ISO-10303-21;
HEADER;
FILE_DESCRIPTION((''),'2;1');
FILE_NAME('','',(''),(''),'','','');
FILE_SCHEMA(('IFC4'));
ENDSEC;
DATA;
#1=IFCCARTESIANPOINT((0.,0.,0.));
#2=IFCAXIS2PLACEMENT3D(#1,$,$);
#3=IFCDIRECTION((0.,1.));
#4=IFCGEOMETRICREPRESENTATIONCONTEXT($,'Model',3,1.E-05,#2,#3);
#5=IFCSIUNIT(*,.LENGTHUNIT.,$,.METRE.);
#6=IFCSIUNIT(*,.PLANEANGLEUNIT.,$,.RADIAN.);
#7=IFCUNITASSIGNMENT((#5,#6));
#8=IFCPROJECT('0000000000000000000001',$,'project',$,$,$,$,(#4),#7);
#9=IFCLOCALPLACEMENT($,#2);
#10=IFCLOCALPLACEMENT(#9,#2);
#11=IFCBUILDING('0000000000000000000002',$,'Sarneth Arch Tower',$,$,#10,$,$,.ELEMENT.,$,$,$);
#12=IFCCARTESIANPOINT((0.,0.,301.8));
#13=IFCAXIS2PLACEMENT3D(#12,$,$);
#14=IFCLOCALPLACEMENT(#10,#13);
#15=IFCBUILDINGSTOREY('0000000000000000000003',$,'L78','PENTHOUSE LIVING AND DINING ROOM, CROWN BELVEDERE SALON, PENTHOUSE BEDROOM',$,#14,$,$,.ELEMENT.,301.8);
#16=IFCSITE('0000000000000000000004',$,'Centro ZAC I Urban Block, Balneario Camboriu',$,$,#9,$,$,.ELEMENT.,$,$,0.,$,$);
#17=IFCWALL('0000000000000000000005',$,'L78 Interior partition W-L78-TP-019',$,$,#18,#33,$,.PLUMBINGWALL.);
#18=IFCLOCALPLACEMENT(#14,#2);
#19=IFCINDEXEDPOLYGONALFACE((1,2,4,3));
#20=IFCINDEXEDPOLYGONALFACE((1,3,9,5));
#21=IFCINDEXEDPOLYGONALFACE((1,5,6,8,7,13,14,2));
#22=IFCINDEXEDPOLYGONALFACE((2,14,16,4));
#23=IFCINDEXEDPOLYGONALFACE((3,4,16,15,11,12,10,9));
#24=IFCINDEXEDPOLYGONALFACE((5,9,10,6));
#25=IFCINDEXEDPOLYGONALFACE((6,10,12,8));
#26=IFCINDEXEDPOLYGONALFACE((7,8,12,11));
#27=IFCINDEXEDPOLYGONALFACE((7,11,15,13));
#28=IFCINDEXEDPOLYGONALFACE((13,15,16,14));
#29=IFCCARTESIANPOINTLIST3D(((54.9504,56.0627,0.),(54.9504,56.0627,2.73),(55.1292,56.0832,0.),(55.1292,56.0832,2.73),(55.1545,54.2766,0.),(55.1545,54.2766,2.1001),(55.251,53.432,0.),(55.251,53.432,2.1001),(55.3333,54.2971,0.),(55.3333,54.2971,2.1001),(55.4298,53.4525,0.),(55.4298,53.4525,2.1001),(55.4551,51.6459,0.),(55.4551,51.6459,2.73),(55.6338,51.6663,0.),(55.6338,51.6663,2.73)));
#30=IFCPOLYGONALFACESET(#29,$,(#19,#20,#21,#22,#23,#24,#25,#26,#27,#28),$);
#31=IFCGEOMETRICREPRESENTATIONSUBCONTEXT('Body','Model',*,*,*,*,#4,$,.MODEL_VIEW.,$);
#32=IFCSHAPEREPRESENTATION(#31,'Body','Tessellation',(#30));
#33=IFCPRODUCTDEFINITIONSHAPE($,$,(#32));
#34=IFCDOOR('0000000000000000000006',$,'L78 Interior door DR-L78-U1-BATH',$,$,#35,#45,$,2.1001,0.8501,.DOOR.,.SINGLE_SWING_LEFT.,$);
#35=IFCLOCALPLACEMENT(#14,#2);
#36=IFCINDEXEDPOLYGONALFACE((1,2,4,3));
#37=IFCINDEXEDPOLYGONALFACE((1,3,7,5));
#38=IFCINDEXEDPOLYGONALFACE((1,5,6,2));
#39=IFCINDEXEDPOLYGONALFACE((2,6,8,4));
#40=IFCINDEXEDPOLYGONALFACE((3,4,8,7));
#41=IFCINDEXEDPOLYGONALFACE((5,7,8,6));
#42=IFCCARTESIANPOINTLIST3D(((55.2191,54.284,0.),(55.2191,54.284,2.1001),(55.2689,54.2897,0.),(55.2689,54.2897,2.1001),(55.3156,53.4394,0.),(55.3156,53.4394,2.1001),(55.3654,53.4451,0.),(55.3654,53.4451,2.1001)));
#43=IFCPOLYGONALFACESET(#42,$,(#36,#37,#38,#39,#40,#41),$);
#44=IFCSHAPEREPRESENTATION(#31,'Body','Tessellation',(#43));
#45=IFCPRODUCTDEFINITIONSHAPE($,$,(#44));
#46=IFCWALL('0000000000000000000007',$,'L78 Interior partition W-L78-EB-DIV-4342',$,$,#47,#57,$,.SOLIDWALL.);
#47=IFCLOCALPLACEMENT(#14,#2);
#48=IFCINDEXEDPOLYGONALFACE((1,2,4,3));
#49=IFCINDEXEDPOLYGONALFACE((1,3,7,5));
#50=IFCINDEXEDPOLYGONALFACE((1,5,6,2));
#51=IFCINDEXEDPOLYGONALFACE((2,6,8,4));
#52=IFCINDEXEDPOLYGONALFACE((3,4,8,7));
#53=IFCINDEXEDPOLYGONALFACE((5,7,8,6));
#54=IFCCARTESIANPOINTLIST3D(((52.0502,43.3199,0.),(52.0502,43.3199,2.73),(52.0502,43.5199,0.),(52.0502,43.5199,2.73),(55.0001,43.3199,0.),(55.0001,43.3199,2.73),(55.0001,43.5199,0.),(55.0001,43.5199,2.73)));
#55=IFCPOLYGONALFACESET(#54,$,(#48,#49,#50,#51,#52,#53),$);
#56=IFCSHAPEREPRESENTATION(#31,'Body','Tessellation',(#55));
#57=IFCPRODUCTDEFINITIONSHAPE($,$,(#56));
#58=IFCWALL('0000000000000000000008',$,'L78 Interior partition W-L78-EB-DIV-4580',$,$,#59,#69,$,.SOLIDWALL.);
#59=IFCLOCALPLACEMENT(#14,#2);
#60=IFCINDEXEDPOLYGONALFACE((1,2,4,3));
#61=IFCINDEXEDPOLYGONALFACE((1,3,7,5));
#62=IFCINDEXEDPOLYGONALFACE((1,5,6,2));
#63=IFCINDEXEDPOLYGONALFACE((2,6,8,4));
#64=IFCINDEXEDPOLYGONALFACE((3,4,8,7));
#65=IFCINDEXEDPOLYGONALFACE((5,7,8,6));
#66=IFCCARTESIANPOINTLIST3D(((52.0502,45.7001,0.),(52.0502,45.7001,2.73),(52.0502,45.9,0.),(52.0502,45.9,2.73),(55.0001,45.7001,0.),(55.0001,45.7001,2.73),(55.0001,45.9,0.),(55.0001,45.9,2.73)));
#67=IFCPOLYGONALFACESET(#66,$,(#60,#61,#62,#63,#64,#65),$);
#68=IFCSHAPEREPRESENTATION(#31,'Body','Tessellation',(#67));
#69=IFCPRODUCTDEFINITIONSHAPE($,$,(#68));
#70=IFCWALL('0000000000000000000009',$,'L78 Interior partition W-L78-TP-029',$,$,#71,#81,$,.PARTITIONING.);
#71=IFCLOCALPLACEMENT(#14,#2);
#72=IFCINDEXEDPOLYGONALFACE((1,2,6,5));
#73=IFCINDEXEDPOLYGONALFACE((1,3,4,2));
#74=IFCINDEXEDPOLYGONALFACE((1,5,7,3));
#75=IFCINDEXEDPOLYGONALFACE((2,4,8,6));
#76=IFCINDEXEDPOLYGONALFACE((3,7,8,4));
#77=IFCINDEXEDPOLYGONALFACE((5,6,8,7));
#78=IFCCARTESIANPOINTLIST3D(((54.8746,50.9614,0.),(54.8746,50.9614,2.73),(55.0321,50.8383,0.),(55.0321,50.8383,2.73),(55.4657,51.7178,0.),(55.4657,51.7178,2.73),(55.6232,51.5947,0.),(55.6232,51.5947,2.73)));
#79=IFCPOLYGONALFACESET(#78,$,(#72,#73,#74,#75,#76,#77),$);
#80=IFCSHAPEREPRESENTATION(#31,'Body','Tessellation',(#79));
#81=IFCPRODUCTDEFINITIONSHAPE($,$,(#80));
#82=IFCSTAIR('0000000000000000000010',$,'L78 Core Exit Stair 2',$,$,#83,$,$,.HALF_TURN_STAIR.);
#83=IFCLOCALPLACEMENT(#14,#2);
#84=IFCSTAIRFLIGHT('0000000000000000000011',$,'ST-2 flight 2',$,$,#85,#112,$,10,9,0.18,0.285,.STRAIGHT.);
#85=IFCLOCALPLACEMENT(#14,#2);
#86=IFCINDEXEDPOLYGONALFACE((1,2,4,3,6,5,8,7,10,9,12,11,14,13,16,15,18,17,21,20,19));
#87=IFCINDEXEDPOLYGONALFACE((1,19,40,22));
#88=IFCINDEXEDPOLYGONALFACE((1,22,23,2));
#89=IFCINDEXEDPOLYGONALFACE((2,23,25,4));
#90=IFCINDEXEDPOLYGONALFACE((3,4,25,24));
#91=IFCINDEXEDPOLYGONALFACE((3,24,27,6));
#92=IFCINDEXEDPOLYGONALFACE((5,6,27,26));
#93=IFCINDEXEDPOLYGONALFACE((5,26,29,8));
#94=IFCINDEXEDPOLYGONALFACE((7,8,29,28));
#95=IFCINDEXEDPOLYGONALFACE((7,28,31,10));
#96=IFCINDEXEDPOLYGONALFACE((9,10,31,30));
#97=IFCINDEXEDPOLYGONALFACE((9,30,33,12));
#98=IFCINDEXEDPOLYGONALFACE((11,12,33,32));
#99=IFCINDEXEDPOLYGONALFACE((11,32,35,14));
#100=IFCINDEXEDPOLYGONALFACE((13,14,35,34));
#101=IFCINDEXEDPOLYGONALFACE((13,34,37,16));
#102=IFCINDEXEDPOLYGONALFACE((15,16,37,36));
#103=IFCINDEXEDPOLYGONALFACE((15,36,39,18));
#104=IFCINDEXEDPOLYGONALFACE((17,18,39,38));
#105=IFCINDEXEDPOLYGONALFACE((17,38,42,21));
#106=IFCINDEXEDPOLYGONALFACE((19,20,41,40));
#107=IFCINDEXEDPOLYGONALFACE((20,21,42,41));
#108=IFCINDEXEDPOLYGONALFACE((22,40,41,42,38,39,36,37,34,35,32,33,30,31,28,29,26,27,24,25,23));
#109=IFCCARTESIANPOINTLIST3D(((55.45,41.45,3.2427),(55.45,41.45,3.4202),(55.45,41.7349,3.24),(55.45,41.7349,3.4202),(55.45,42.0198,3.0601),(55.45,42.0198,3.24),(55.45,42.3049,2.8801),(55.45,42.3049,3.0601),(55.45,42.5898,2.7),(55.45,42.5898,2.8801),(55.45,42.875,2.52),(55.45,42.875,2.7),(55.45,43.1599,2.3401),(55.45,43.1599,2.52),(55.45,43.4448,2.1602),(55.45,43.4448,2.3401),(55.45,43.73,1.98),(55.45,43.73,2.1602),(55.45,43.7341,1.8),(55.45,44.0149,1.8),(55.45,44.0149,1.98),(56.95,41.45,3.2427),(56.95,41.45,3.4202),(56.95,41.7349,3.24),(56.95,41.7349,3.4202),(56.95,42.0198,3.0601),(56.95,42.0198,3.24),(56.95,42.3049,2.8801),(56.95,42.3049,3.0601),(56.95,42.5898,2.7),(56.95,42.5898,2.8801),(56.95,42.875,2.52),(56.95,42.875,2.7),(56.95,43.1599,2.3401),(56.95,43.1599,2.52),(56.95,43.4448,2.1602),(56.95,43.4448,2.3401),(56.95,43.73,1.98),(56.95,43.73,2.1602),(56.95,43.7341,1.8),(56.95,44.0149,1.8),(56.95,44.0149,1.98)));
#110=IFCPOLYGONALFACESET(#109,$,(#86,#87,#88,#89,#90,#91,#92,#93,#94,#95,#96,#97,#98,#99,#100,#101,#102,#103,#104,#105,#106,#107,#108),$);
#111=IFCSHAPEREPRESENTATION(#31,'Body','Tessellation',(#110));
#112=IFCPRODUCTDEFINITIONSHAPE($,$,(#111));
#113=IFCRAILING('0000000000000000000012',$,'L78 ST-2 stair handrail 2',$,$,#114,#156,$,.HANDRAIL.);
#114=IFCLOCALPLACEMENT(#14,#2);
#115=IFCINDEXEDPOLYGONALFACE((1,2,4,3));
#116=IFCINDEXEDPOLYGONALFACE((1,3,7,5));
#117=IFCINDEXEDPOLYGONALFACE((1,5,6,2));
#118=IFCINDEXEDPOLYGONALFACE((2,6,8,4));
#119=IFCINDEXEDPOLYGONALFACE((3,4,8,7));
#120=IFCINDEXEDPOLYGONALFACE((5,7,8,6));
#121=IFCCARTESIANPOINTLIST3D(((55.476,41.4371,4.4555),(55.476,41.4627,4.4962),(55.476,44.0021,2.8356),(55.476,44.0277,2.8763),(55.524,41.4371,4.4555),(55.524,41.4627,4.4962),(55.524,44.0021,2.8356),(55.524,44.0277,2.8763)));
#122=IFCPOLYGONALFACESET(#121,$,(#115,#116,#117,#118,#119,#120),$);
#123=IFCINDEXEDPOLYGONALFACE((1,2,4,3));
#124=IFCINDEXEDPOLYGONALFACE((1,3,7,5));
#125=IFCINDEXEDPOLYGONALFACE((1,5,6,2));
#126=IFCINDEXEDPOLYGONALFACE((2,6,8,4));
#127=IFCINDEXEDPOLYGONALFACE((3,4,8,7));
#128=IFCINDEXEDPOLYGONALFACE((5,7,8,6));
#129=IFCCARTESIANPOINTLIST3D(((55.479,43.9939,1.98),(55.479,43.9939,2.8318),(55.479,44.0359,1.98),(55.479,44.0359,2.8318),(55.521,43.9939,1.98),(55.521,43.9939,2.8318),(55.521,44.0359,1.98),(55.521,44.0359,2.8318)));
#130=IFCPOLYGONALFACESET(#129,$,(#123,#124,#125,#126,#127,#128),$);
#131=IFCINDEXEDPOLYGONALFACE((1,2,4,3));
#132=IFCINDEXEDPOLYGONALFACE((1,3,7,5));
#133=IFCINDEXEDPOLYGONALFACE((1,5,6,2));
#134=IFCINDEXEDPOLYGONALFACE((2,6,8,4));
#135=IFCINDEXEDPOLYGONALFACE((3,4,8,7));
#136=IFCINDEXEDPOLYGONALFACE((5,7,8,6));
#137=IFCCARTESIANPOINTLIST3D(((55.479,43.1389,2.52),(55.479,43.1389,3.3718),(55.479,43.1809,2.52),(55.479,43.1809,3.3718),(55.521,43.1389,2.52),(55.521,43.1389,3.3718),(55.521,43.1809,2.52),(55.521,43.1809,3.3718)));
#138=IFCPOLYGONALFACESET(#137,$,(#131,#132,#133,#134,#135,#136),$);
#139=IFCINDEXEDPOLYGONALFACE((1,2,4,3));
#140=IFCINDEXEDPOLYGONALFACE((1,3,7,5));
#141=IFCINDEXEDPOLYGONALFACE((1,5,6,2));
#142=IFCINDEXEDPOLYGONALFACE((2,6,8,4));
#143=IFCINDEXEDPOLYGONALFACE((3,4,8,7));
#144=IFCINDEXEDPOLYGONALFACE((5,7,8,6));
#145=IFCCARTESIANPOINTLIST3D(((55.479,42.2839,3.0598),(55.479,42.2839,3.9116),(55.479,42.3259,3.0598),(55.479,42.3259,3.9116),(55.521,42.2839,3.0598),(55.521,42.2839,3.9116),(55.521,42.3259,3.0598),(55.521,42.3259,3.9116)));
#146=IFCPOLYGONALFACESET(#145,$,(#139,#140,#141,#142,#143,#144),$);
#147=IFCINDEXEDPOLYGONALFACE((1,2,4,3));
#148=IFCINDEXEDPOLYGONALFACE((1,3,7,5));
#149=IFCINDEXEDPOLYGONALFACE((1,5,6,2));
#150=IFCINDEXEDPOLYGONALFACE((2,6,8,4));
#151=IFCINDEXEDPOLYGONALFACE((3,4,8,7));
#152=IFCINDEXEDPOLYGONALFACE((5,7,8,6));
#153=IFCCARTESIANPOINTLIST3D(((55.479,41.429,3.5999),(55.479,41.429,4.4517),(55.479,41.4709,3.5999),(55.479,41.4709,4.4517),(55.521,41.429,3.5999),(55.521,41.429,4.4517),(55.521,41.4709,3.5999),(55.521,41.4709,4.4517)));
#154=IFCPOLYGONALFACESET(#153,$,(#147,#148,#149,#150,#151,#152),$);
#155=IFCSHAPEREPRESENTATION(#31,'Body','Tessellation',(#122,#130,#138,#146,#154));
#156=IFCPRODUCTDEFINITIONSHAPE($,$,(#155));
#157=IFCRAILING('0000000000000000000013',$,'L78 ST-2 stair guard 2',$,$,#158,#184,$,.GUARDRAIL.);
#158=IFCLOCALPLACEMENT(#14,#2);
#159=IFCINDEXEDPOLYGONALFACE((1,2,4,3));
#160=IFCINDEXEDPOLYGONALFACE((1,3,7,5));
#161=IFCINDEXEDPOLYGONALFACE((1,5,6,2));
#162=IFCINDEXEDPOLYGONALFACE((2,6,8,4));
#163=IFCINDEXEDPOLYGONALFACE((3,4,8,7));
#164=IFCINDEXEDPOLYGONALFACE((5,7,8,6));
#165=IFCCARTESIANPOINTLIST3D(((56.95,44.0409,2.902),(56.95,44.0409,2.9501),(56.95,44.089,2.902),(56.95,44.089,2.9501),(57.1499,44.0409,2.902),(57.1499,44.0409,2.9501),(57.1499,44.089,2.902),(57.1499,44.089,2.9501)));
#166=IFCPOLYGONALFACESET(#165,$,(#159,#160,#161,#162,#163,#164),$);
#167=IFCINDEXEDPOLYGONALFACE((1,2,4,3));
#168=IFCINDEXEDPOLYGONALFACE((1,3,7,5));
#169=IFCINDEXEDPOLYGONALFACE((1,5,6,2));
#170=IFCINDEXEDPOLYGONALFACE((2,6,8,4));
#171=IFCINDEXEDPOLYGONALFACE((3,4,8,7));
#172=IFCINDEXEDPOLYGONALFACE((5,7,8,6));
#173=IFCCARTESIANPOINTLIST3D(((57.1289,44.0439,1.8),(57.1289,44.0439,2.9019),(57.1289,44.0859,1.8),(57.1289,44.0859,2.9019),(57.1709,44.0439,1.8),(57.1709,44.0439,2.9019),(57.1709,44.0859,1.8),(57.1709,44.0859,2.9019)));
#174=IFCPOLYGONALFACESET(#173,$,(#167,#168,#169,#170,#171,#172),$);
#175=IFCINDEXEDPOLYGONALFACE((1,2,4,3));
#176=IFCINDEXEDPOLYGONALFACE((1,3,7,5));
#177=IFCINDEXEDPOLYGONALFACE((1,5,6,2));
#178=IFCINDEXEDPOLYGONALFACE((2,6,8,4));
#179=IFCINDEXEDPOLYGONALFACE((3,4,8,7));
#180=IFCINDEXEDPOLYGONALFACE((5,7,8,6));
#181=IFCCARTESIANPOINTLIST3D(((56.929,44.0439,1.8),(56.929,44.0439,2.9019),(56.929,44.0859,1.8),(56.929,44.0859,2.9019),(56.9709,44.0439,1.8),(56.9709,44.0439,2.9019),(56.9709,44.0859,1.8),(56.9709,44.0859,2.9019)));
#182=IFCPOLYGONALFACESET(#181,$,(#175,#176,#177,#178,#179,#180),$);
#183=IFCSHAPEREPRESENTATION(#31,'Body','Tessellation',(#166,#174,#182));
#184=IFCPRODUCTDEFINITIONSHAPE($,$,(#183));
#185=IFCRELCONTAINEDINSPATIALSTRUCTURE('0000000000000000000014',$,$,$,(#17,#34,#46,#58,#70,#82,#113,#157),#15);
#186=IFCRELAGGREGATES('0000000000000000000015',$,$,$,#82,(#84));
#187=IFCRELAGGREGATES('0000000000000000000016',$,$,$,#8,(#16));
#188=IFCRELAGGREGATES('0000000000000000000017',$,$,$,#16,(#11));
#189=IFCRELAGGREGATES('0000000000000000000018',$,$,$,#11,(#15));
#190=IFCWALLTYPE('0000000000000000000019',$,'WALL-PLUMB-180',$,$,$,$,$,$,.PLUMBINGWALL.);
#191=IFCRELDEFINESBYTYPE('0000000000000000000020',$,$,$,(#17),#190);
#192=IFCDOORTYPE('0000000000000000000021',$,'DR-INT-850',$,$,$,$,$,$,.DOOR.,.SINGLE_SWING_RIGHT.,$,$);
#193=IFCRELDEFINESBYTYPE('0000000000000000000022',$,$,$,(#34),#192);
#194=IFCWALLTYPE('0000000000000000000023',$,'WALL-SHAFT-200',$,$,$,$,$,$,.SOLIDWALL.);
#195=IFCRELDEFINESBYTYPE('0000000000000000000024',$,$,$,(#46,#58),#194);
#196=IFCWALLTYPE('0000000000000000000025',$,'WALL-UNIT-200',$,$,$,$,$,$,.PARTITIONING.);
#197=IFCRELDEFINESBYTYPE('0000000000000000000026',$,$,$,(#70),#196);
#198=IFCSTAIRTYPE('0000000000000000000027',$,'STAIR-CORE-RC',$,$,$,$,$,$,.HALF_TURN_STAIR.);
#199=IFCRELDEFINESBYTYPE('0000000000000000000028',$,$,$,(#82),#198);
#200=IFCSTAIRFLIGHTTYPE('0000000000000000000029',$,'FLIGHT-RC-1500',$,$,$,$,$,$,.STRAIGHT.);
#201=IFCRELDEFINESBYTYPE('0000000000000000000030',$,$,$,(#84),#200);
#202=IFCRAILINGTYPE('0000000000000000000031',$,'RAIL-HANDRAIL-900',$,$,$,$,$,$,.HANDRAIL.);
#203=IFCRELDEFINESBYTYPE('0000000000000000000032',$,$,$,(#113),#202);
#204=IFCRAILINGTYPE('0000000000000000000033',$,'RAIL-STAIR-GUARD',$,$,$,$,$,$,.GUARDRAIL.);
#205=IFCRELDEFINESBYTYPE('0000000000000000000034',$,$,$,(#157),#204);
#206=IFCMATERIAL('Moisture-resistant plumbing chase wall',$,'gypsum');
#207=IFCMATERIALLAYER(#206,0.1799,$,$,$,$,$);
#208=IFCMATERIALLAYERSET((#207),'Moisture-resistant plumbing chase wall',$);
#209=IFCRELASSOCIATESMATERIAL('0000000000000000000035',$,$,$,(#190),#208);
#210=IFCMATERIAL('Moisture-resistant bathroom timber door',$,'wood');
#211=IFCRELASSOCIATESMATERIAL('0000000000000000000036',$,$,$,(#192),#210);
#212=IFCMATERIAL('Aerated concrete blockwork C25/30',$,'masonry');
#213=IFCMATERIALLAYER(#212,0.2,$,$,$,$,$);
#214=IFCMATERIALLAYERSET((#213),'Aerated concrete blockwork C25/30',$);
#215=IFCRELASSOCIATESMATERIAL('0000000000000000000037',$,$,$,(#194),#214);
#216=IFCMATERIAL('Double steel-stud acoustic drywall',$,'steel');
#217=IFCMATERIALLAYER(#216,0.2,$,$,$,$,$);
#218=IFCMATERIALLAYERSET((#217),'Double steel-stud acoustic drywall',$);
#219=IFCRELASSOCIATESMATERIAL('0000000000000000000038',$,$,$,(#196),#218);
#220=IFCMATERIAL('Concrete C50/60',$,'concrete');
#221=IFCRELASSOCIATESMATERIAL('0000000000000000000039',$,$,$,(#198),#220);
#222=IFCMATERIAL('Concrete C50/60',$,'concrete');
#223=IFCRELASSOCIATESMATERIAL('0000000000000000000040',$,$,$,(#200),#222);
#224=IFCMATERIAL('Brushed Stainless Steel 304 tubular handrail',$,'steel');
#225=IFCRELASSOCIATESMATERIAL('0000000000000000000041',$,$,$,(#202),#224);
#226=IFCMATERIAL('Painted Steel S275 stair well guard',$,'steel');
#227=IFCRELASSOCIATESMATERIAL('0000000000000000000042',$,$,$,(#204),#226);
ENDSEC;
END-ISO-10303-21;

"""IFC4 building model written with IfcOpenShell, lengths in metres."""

from ifc_helpers import new_model, si_unit, direction, frame, frame_2d, origin, origin_2d, place, context, subcontext, project, spatial, polyline, rectangle, outline, extrude, material, layer, layer_set, type_object, element, fill, aggregate, save


model = new_model("IFC4")

# Units and contexts
model_context = context("Model", 3, precision=1e-05, world=origin(), true_north=direction((0.0, 1.0)))
body_context = subcontext(model_context, "Body", "Model", "MODEL_VIEW")
ifc_project = project(units=[si_unit("LENGTHUNIT", "METRE"), si_unit("PLANEANGLEUNIT", "RADIAN")], contexts=[model_context])

# Site, building, storey
site_placement = place(None, origin())
site = spatial("IfcSite", under=ifc_project, at=site_placement, Name="Centro ZAC I Urban Block, Balneario Camboriu", CompositionType="ELEMENT", RefElevation=0.0)
building_placement = place(site_placement, origin())
building = spatial("IfcBuilding", under=site, at=building_placement, Name="Sarneth Arch Tower", CompositionType="ELEMENT")
storey_placement = place(building_placement, frame((0.0, 0.0, 301.8)))
storey = spatial("IfcBuildingStorey", under=building, at=storey_placement, Name="L78", Description="PENTHOUSE LIVING AND DINING ROOM, CROWN BELVEDERE SALON, PENTHOUSE BEDROOM", CompositionType="ELEMENT", Elevation=301.8)

# Wall, opening, door
ifc_material_1 = material(Name="Moisture-resistant plumbing chase wall", Category="gypsum")
ifc_layer_1 = layer(ifc_material_1, 0.1799)
ifc_layer_set_1 = layer_set([ifc_layer_1], Name="Moisture-resistant plumbing chase wall")
wall_type_1 = type_object("IfcWallType", Name="WALL-PLUMB-180", PredefinedType="PLUMBINGWALL", material=ifc_layer_set_1)
wall_1_placement = place(storey_placement, frame((55.5444, 51.6562, 0.0), z_axis=(0.0, 0.0, 1.0), x_axis=(-0.113517, 0.993536, 0.0)))
wall_1 = element("IfcWall", 1, at=wall_1_placement, inside=storey, type_object=wall_type_1, Name="L78 Interior partition W-L78-TP-019", PredefinedType="PLUMBINGWALL", context=body_context, shape_type="SweptSolid", body=[
    extrude(rectangle(XDim=4.4456, YDim=0.1799, at=frame_2d((2.2227, 0.0))), origin(), (0.0, 0.0, 1.0), 2.73),
])
opening_1_placement = place(wall_1_placement, frame((1.7976, 0.0, 0.0)))
opening_1 = element("IfcOpeningElement", 2, at=opening_1_placement, cuts=wall_1, PredefinedType="OPENING", context=body_context, shape_type="SweptSolid", body=[
    extrude(rectangle(XDim=0.8501, YDim=2.1001, at=frame_2d((0.425, 1.05))), frame((0.0, 0.0999, 0.0), z_axis=(0.0, -1.0, 0.0), x_axis=(1.0, 0.0, 0.0)), (0.0, 0.0, 1.0), 0.2),
])
ifc_material_2 = material(Name="Moisture-resistant bathroom timber door", Category="wood")
door_type_1 = type_object("IfcDoorType", Name="DR-INT-850", OperationType="SINGLE_SWING_RIGHT", PredefinedType="DOOR", material=ifc_material_2)
door_1_placement = place(opening_1_placement, origin())
door_1 = element("IfcDoor", 3, at=door_1_placement, inside=storey, type_object=door_type_1, Name="L78 Interior door DR-L78-U1-BATH", OperationType="SINGLE_SWING_LEFT", OverallHeight=2.1001, OverallWidth=0.8501, PredefinedType="DOOR", context=body_context, shape_type="SweptSolid", body=[
    extrude(rectangle(XDim=0.8501, YDim=2.1001, at=frame_2d((0.425, 1.05))), frame((0.0, 0.0249, 0.0), z_axis=(0.0, -1.0, 0.0), x_axis=(1.0, 0.0, 0.0)), (0.0, 0.0, 1.0), 0.05),
])
fill(opening_1, door_1)

# Walls
ifc_material_3 = material(Name="Aerated concrete blockwork C25/30", Category="masonry")
ifc_layer_2 = layer(ifc_material_3, 0.2)
ifc_layer_set_2 = layer_set([ifc_layer_2], Name="Aerated concrete blockwork C25/30")
wall_type_2 = type_object("IfcWallType", Name="WALL-SHAFT-200", PredefinedType="SOLIDWALL", material=ifc_layer_set_2)
for number, where, z_axis, x_axis, name in (
    (4, (52.05, 43.4199, 0.0), (0.0, 0.0, 1.0), (1.0, 0.0, 0.0), "L78 Interior partition W-L78-EB-DIV-4342"),
    (5, (52.05, 45.8, 0.0), (0.0, 0.0, 1.0), (1.0, 0.0, 0.0), "L78 Interior partition W-L78-EB-DIV-4580"),
):
    element("IfcWall", number, at=place(storey_placement, frame(where, z_axis=z_axis, x_axis=x_axis)), inside=storey, type_object=wall_type_2, Name=name, PredefinedType="SOLIDWALL", context=body_context, shape_type="SweptSolid", body=[
        extrude(rectangle(XDim=2.95, YDim=0.2, at=frame_2d((1.4751, 0.0))), origin(), (0.0, 0.0, 1.0), 2.73),
    ])
ifc_material_4 = material(Name="Double steel-stud acoustic drywall", Category="steel")
ifc_layer_3 = layer(ifc_material_4, 0.2)
ifc_layer_set_3 = layer_set([ifc_layer_3], Name="Double steel-stud acoustic drywall")
wall_type_3 = type_object("IfcWallType", Name="WALL-UNIT-200", PredefinedType="PARTITIONING", material=ifc_layer_set_3)
wall_2_placement = place(storey_placement, frame((55.5444, 51.6562, 0.0), z_axis=(0.0, 0.0, 1.0), x_axis=(-0.615753, -0.78794, 0.0)))
element("IfcWall", 6, at=wall_2_placement, inside=storey, type_object=wall_type_3, Name="L78 Interior partition W-L78-TP-029", PredefinedType="PARTITIONING", context=body_context, shape_type="SweptSolid", body=[
    extrude(rectangle(XDim=0.96, YDim=0.2, at=frame_2d((0.48, 0.0))), origin(), (0.0, 0.0, 1.0), 2.73),
])

# Stair, stair flight
ifc_material_5 = material(Name="Concrete C50/60", Category="concrete")
stair_type = type_object("IfcStairType", Name="STAIR-CORE-RC", PredefinedType="HALF_TURN_STAIR", material=ifc_material_5)
stair_placement = place(storey_placement, origin())
stair = element("IfcStair", 7, at=stair_placement, inside=storey, type_object=stair_type, Name="L78 Core Exit Stair 2", PredefinedType="HALF_TURN_STAIR")
ifc_material_6 = material(Name="Concrete C50/60", Category="concrete")
stair_flight_type = type_object("IfcStairFlightType", Name="FLIGHT-RC-1500", PredefinedType="STRAIGHT", material=ifc_material_6)
stair_flight_placement = place(storey_placement, frame((56.2, 44.0149, 1.8), z_axis=(0.0, 0.0, 1.0), x_axis=(0.0, -1.0, 0.0)))
stair_flight = element("IfcStairFlight", 8, at=stair_flight_placement, type_object=stair_flight_type, Name="ST-2 flight 2", NumberOfRisers=10, NumberOfTreads=9, PredefinedType="STRAIGHT", RiserHeight=0.18, TreadLength=0.285, context=body_context, shape_type="SweptSolid", body=[
    extrude(outline(polyline([(0.0, 0.0), (0.0, 0.1799), (0.2849, 0.1799), (0.2849, 0.3601), (0.5701, 0.3601), (0.5701, 0.54), (0.855, 0.54), (0.855, 0.72), (1.1399, 0.72), (1.1399, 0.8999), (1.425, 0.8999), (1.425, 1.0801), (1.71, 1.0801), (1.71, 1.26), (1.9951, 1.26), (1.9951, 1.4399), (2.28, 1.4399), (2.28, 1.6201), (2.5649, 1.6201), (2.5649, 1.8), (2.5649, 1.4426), (0.2808, 0.0), (0.0, 0.0)])), frame((0.0, 0.75, 0.0), z_axis=(0.0, -1.0, 0.0), x_axis=(1.0, 0.0, 0.0)), (0.0, 0.0, 1.0), 1.5),
])
aggregate(stair, [stair_flight])

# Railings
ifc_material_7 = material(Name="Brushed Stainless Steel 304 tubular handrail", Category="steel")
railing_type_1 = type_object("IfcRailingType", Name="RAIL-HANDRAIL-900", PredefinedType="HANDRAIL", material=ifc_material_7)
railing_1_placement = place(storey_placement, frame((55.5, 44.0149, 1.98)))
element("IfcRailing", 9, at=railing_1_placement, inside=storey, type_object=railing_type_1, Name="L78 ST-2 stair handrail 2", PredefinedType="HANDRAIL", context=body_context, shape_type="SweptSolid", body=[
    extrude(rectangle(XDim=0.0481, YDim=0.0481, at=origin_2d()), frame((0.0, 0.0, 0.876), z_axis=(0.0, -0.845502, 0.533972), x_axis=(1.0, 0.0, 0.0)), (0.0, 0.0, 1.0), 3.0337),
    extrude(rectangle(XDim=0.042, YDim=0.042, at=origin_2d()), origin(), (0.0, 0.0, 1.0), 0.8518),
    extrude(rectangle(XDim=0.042, YDim=0.042, at=origin_2d()), frame((0.0, -0.855, 0.54)), (0.0, 0.0, 1.0), 0.8518),
    extrude(rectangle(XDim=0.042, YDim=0.042, at=origin_2d()), frame((0.0, -1.71, 1.0798)), (0.0, 0.0, 1.0), 0.8518),
    extrude(rectangle(XDim=0.042, YDim=0.042, at=origin_2d()), frame((0.0, -2.5649, 1.6199)), (0.0, 0.0, 1.0), 0.8518),
])
ifc_material_8 = material(Name="Painted Steel S275 stair well guard", Category="steel")
railing_type_2 = type_object("IfcRailingType", Name="RAIL-STAIR-GUARD", PredefinedType="GUARDRAIL", material=ifc_material_8)
railing_2_placement = place(storey_placement, frame((57.1499, 44.0649, 1.8)))
element("IfcRailing", 10, at=railing_2_placement, inside=storey, type_object=railing_type_2, Name="L78 ST-2 stair guard 2", PredefinedType="GUARDRAIL", context=body_context, shape_type="SweptSolid", body=[
    extrude(rectangle(XDim=0.0481, YDim=0.0481, at=origin_2d()), frame((0.0, 0.0, 1.126), z_axis=(-1.0, 0.0, 0.0), x_axis=(0.0, -1.0, 0.0)), (0.0, 0.0, 1.0), 0.2),
    extrude(rectangle(XDim=0.042, YDim=0.042, at=origin_2d()), origin(), (0.0, 0.0, 1.0), 1.1018),
    extrude(rectangle(XDim=0.042, YDim=0.042, at=origin_2d()), frame((-0.2, 0.0, 0.0)), (0.0, 0.0, 1.0), 1.1018),
])

save(model, "model.ifc")
